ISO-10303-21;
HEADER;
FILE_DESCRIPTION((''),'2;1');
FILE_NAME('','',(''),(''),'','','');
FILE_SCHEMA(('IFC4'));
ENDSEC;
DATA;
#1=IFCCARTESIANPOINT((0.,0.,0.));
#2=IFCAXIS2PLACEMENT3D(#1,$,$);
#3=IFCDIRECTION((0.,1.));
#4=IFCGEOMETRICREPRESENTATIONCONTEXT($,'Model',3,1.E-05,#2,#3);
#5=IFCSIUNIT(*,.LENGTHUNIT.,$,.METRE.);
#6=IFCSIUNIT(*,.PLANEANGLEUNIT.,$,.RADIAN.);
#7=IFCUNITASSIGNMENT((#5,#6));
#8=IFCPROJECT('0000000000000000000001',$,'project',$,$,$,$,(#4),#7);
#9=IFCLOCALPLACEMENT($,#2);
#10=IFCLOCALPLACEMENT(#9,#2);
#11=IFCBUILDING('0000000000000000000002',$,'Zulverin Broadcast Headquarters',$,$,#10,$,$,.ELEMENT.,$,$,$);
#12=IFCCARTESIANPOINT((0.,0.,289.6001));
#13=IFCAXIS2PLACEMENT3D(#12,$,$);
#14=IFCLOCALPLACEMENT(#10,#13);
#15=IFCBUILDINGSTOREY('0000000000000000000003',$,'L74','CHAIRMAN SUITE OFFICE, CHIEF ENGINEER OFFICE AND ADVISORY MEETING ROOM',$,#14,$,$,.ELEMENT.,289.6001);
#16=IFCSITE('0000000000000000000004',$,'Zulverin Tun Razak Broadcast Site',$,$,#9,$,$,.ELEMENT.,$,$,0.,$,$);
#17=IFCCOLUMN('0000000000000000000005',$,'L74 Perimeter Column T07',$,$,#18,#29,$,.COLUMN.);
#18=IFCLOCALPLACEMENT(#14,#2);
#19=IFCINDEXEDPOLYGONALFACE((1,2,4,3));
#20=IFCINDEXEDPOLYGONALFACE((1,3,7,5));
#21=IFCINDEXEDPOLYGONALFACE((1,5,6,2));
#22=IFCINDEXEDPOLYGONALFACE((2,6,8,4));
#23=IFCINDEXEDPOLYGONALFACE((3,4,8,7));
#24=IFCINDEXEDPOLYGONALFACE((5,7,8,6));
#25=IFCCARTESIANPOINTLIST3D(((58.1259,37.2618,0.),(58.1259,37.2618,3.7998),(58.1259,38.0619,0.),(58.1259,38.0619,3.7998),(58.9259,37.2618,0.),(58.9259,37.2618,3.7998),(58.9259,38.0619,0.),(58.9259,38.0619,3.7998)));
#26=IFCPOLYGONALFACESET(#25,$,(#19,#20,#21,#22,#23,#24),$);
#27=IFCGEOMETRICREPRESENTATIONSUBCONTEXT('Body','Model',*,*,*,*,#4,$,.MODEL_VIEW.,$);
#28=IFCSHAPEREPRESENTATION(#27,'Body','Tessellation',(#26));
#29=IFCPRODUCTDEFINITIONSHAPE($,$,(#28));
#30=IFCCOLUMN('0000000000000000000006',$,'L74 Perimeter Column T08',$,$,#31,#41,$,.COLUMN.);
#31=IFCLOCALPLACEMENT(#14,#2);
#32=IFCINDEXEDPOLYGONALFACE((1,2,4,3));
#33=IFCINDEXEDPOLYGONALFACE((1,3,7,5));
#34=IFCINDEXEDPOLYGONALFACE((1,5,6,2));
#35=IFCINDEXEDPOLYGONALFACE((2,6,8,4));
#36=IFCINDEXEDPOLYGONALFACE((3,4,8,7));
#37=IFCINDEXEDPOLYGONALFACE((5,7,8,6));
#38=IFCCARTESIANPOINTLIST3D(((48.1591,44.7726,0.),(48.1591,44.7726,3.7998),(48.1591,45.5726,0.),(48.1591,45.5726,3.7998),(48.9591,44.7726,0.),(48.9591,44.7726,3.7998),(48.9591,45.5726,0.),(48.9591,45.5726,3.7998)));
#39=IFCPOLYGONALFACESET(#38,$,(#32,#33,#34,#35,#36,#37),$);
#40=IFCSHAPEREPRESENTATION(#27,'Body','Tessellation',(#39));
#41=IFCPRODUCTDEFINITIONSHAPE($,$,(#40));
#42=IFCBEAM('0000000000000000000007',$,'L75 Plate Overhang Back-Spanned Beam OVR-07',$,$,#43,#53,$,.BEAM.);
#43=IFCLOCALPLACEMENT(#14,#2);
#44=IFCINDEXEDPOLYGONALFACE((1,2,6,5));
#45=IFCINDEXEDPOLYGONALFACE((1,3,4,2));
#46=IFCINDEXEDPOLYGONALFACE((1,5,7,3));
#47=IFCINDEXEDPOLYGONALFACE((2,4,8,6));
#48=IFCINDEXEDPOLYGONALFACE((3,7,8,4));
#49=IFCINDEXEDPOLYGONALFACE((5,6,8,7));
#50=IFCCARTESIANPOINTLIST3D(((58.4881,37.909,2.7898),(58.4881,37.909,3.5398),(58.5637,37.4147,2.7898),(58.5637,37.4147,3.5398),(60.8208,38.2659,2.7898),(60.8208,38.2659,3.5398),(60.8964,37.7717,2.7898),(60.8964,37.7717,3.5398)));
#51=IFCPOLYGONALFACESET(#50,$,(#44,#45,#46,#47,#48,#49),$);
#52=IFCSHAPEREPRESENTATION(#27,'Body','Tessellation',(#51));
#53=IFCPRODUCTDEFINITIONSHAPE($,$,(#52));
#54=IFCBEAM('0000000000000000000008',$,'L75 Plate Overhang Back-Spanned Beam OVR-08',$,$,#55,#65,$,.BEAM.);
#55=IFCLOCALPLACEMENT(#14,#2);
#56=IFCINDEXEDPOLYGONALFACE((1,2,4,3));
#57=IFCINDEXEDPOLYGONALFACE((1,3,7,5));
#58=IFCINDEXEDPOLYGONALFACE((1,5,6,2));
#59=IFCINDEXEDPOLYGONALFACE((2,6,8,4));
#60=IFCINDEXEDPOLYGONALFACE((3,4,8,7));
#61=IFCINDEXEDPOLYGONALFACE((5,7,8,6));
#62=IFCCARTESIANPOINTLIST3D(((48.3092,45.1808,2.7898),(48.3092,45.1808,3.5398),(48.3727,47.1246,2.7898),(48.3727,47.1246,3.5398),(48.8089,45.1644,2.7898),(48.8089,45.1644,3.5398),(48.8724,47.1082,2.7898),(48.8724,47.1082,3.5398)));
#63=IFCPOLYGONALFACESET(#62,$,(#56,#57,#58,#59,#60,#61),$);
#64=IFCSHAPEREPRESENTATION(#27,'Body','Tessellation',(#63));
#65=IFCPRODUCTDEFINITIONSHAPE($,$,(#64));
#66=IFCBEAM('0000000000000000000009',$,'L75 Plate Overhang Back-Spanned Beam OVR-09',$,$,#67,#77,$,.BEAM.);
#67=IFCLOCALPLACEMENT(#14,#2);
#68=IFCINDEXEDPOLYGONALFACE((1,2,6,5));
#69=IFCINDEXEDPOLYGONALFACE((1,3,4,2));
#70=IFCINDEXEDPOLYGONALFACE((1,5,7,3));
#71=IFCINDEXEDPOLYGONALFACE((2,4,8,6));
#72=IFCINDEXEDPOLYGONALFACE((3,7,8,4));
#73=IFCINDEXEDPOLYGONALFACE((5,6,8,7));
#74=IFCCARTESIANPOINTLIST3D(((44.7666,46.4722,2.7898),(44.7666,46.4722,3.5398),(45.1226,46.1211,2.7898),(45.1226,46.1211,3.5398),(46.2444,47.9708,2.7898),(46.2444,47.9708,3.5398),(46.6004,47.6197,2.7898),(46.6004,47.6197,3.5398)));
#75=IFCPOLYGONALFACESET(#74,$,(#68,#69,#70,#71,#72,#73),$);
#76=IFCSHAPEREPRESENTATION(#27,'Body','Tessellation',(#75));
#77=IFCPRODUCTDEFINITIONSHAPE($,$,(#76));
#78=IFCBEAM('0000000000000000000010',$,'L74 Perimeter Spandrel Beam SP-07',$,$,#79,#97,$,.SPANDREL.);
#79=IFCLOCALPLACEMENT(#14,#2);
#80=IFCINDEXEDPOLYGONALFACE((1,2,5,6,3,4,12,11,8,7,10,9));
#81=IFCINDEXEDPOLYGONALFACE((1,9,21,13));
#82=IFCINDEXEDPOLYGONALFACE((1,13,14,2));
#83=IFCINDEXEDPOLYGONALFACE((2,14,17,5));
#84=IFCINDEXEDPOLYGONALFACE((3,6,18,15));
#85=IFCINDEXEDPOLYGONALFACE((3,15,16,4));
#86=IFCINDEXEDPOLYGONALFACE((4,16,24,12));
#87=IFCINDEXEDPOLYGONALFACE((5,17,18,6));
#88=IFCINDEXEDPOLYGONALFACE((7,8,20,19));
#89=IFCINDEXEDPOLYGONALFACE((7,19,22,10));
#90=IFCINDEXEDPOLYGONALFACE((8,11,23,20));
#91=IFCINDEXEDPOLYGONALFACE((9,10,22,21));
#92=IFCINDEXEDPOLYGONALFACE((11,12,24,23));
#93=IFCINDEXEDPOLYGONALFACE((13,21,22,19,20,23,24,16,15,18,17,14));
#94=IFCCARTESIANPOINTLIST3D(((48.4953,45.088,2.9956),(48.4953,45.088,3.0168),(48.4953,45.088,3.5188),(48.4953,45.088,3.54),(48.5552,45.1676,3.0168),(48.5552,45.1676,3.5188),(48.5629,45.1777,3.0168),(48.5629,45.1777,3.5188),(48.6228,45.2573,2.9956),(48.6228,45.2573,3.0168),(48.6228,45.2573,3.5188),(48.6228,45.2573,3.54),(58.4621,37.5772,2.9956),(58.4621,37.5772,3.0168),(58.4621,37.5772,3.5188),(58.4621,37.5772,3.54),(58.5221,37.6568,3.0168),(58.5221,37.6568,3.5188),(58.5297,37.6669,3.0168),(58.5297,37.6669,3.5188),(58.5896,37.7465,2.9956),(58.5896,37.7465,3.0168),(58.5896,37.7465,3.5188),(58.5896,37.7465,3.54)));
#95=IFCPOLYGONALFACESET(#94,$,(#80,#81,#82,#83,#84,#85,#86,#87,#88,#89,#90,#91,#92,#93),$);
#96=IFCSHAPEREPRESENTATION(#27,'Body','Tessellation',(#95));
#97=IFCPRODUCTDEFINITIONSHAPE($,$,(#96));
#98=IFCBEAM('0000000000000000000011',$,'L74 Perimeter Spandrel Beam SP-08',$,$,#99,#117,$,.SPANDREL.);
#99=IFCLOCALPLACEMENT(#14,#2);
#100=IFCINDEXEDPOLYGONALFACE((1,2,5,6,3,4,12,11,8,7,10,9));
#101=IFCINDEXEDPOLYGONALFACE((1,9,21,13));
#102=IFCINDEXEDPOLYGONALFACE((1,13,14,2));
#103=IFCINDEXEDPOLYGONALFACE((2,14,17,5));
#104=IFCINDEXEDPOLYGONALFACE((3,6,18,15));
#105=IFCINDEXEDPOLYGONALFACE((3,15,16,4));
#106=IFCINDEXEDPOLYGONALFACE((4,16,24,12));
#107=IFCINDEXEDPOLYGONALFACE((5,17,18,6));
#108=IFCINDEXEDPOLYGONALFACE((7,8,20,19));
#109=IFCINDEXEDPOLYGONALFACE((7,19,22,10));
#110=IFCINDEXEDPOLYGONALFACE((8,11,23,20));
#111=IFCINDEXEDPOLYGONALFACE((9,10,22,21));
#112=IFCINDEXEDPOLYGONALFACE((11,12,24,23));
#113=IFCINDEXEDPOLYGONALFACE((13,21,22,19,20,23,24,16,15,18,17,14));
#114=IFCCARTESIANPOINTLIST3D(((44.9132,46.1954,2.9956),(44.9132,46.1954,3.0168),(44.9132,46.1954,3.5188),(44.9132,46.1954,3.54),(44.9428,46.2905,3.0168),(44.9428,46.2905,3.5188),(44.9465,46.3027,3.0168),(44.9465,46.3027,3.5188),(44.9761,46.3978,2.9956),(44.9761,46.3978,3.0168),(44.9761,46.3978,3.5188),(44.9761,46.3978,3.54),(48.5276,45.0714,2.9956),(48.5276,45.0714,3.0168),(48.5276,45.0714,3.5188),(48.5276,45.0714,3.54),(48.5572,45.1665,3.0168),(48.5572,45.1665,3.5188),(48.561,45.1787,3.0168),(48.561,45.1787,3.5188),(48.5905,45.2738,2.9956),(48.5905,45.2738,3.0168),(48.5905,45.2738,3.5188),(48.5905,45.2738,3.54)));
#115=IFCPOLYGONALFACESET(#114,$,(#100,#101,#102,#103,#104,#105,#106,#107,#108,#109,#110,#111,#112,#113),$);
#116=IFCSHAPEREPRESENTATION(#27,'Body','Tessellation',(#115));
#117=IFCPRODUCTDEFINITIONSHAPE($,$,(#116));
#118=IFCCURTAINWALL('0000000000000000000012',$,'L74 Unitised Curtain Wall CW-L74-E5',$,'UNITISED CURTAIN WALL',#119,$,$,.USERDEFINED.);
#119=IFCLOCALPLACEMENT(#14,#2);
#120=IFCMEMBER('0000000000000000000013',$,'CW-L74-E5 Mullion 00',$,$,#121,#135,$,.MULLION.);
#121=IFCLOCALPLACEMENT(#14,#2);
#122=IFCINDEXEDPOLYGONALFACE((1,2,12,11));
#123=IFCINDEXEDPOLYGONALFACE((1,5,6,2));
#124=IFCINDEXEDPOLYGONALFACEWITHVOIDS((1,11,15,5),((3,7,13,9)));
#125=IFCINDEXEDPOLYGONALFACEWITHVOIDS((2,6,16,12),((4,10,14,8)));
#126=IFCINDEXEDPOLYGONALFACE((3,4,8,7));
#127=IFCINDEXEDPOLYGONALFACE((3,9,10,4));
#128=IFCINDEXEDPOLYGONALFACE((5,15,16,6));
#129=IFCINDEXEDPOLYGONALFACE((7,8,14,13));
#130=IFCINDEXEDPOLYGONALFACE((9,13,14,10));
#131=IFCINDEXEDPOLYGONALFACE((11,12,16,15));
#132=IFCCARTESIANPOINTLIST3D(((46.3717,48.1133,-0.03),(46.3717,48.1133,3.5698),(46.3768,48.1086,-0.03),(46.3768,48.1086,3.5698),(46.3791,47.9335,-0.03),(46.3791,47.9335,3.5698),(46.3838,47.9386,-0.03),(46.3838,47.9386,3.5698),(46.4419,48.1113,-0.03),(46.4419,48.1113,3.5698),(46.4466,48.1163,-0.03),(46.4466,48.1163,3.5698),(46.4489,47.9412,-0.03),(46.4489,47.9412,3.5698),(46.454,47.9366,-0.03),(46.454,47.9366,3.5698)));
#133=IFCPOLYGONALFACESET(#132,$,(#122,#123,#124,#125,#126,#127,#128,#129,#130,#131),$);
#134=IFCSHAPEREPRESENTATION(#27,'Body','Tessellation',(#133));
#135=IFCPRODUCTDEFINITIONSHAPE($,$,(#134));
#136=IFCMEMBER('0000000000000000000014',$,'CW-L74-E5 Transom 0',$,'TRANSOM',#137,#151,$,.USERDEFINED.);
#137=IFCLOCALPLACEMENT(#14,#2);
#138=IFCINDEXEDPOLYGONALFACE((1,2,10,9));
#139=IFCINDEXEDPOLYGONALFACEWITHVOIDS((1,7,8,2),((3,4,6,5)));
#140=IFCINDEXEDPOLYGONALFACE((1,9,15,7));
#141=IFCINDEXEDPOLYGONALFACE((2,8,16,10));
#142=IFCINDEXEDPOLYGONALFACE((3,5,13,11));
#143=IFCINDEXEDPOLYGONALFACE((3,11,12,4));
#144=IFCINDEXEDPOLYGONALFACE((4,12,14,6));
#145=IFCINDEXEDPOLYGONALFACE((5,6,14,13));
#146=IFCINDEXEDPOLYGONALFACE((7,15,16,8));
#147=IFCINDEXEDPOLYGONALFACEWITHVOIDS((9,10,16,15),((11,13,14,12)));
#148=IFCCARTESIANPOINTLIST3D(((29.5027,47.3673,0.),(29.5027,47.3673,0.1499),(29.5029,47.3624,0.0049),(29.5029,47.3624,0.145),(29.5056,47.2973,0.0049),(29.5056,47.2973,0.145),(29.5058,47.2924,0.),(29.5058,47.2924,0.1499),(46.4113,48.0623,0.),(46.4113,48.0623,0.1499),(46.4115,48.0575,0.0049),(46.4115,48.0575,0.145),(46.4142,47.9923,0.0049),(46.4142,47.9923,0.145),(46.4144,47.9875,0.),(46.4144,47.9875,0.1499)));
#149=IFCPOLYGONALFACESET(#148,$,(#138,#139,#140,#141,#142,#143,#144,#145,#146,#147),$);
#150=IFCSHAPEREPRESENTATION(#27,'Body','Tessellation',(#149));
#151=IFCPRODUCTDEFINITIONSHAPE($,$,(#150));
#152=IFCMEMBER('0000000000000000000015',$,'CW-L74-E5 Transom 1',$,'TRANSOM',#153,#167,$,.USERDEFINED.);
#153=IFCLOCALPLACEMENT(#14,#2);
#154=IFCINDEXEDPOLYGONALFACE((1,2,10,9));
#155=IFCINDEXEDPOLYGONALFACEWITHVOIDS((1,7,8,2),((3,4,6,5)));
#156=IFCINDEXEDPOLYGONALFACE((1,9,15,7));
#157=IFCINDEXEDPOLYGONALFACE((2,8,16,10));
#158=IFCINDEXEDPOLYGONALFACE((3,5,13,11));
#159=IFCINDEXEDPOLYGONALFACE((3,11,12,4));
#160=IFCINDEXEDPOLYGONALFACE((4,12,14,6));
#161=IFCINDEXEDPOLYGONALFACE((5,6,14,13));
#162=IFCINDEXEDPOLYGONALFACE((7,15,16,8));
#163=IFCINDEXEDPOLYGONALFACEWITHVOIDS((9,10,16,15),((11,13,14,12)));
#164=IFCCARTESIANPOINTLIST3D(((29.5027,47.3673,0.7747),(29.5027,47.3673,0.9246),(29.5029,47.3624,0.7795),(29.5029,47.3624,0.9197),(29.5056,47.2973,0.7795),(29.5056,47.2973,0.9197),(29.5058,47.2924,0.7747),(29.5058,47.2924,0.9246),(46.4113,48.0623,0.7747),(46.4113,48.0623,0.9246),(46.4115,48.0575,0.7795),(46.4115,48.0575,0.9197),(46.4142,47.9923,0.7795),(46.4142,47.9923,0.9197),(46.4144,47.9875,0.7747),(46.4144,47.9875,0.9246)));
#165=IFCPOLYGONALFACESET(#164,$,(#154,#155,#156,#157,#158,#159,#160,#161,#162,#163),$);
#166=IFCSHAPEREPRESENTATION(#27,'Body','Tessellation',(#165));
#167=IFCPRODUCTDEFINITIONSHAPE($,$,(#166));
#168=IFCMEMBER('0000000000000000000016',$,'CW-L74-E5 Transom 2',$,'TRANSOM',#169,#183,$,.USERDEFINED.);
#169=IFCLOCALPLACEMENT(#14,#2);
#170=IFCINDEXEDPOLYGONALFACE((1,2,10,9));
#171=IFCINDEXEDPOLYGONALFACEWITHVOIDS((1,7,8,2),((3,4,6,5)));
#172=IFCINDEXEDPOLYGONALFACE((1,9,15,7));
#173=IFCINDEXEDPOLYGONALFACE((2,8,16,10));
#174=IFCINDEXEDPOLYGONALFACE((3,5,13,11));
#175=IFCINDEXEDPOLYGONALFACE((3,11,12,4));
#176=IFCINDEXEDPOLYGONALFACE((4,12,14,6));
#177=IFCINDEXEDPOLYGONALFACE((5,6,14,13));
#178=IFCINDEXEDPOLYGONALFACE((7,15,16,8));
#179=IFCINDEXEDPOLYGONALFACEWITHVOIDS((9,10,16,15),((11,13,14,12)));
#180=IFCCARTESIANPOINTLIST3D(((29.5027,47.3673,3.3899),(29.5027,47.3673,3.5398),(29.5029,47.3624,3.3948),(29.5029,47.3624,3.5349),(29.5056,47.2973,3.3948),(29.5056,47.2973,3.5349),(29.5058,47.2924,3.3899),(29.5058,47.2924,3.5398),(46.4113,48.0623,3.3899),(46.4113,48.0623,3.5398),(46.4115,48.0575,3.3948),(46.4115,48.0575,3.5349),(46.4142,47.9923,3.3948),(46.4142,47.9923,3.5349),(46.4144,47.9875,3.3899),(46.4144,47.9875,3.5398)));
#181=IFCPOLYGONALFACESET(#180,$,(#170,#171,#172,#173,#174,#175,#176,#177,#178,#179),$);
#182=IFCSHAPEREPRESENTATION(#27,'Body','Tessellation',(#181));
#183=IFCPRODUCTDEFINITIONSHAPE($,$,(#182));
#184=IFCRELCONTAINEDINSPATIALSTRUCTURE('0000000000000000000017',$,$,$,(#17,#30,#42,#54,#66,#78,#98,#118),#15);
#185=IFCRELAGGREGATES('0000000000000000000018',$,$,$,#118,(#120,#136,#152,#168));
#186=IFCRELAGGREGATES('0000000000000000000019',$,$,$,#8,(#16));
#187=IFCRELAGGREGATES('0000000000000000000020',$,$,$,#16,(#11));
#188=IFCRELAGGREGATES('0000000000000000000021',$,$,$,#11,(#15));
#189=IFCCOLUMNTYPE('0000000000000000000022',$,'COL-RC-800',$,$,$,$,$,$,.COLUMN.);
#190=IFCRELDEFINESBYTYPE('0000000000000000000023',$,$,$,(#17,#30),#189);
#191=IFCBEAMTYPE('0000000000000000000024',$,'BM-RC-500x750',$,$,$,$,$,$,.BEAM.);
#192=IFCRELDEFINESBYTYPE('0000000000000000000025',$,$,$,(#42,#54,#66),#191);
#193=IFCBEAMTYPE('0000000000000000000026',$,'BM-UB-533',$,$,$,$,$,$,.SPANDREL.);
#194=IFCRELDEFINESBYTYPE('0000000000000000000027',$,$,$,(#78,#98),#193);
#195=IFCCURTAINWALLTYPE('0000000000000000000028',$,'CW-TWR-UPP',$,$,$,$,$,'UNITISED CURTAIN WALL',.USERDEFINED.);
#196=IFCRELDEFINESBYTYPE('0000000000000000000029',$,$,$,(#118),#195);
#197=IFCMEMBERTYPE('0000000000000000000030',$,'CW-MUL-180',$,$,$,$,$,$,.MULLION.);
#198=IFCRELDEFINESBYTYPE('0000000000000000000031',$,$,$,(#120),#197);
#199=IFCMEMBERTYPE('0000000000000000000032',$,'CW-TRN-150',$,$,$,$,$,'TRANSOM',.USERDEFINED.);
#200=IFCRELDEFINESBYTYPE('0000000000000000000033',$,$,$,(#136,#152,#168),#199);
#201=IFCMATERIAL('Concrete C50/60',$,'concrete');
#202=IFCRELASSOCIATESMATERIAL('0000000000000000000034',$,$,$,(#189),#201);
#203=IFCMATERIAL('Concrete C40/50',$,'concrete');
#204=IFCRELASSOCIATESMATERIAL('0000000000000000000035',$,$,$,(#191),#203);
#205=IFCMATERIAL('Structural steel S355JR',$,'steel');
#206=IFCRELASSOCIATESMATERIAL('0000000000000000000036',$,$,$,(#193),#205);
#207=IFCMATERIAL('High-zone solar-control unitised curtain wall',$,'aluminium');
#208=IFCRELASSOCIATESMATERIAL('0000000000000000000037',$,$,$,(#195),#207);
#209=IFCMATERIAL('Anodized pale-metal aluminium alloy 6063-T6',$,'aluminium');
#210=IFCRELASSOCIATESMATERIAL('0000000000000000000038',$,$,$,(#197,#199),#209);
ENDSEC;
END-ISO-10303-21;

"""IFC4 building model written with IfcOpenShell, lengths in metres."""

from ifc_helpers import new_model, si_unit, direction, frame, origin, origin_2d, place, context, subcontext, project, spatial, rectangle, hollow_rectangle, i_section, extrude, material, material_profile, profile_set, type_object, element, aggregate, save


model = new_model("IFC4")

# Units and contexts
model_context = context("Model", 3, precision=1e-05, world=origin(), true_north=direction((0.0, 1.0)))
body_context = subcontext(model_context, "Body", "Model", "MODEL_VIEW")
ifc_project = project(units=[si_unit("LENGTHUNIT", "METRE"), si_unit("PLANEANGLEUNIT", "RADIAN")], contexts=[model_context])

# Site, building, storey
site_placement = place(None, origin())
site = spatial("IfcSite", under=ifc_project, at=site_placement, Name="Zulverin Tun Razak Broadcast Site", CompositionType="ELEMENT", RefElevation=0.0)
building_placement = place(site_placement, origin())
building = spatial("IfcBuilding", under=site, at=building_placement, Name="Zulverin Broadcast Headquarters", CompositionType="ELEMENT")
storey_placement = place(building_placement, frame((0.0, 0.0, 289.6001)))
storey = spatial("IfcBuildingStorey", under=building, at=storey_placement, Name="L74", Description="CHAIRMAN SUITE OFFICE, CHIEF ENGINEER OFFICE AND ADVISORY MEETING ROOM", CompositionType="ELEMENT", Elevation=289.6001)

# Columns
ifc_material_1 = material(Name="Concrete C50/60", Category="concrete")
ifc_material_profile_1 = material_profile(ifc_material_1, rectangle(XDim=0.8, YDim=0.8, at=origin_2d()), Name="Concrete C50/60", Category="concrete")
ifc_profile_set_1 = profile_set([ifc_material_profile_1], Name="Concrete C50/60")
column_type = type_object("IfcColumnType", Name="COL-RC-800", PredefinedType="COLUMN", material=ifc_profile_set_1)
for number, where, z_axis, x_axis, name in (
    (1, (58.5259, 37.6619, 0.0), (0.0, 0.0, 1.0), (1.0, 0.0, 0.0), "L74 Perimeter Column T07"),
    (2, (48.5591, 45.1726, 0.0), (0.0, 0.0, 1.0), (1.0, 0.0, 0.0), "L74 Perimeter Column T08"),
):
    element("IfcColumn", number, at=place(storey_placement, frame(where, z_axis=z_axis, x_axis=x_axis)), inside=storey, type_object=column_type, Name=name, PredefinedType="COLUMN", context=body_context, shape_type="SweptSolid", body=[
        extrude(rectangle(XDim=0.8, YDim=0.8, at=origin_2d()), origin(), (0.0, 0.0, 1.0), 3.7998),
    ])

# Beams
ifc_material_2 = material(Name="Concrete C40/50", Category="concrete")
ifc_material_profile_2 = material_profile(ifc_material_2, rectangle(XDim=0.5, YDim=0.75, at=origin_2d()), Name="Concrete C40/50", Category="concrete")
ifc_profile_set_2 = profile_set([ifc_material_profile_2], Name="Concrete C40/50")
beam_type_1 = type_object("IfcBeamType", Name="BM-RC-500x750", PredefinedType="BEAM", material=ifc_profile_set_2)
beam_1_placement = place(storey_placement, frame((58.5259, 37.6619, 3.1648), z_axis=(0.988496, 0.151249, 0.0), x_axis=(-0.151249, 0.988496, 0.0)))
element("IfcBeam", 3, at=beam_1_placement, inside=storey, type_object=beam_type_1, Name="L75 Plate Overhang Back-Spanned Beam OVR-07", PredefinedType="BEAM", context=body_context, shape_type="SweptSolid", body=[
    extrude(rectangle(XDim=0.5, YDim=0.75, at=origin_2d()), origin(), (0.0, 0.0, 1.0), 2.3599),
])
beam_2_placement = place(storey_placement, frame((48.5591, 45.1726, 3.1648), z_axis=(0.032638, 0.999467, 0.0), x_axis=(-0.999467, 0.032638, 0.0)))
element("IfcBeam", 4, at=beam_2_placement, inside=storey, type_object=beam_type_1, Name="L75 Plate Overhang Back-Spanned Beam OVR-08", PredefinedType="BEAM", context=body_context, shape_type="SweptSolid", body=[
    extrude(rectangle(XDim=0.5, YDim=0.75, at=origin_2d()), origin(), (0.0, 0.0, 1.0), 1.9448),
])
beam_3_placement = place(storey_placement, frame((44.9446, 46.2966, 3.1648), z_axis=(0.70216, 0.71202, 0.0), x_axis=(-0.71202, 0.70216, 0.0)))
element("IfcBeam", 5, at=beam_3_placement, inside=storey, type_object=beam_type_1, Name="L75 Plate Overhang Back-Spanned Beam OVR-09", PredefinedType="BEAM", context=body_context, shape_type="SweptSolid", body=[
    extrude(rectangle(XDim=0.5, YDim=0.75, at=origin_2d()), origin(), (0.0, 0.0, 1.0), 2.1047),
])
ifc_material_3 = material(Name="Structural steel S355JR", Category="steel")
ifc_material_profile_3 = material_profile(ifc_material_3, i_section(OverallWidth=0.2119, OverallDepth=0.5444, WebThickness=0.0127, FlangeThickness=0.0212, at=origin_2d()), Name="Structural steel S355JR", Category="steel")
ifc_profile_set_3 = profile_set([ifc_material_profile_3], Name="Structural steel S355JR")
beam_type_2 = type_object("IfcBeamType", Name="BM-UB-533", PredefinedType="SPANDREL", material=ifc_profile_set_3)
beam_4_placement = place(storey_placement, frame((58.5259, 37.6619, 3.2678), z_axis=(-0.798627, 0.601826, 0.0), x_axis=(-0.601826, -0.798627, 0.0)))
element("IfcBeam", 6, at=beam_4_placement, inside=storey, type_object=beam_type_2, Name="L74 Perimeter Spandrel Beam SP-07", PredefinedType="SPANDREL", context=body_context, shape_type="SweptSolid", body=[
    extrude(i_section(OverallWidth=0.2119, OverallDepth=0.5444, WebThickness=0.0127, FlangeThickness=0.0212, at=origin_2d()), origin(), (0.0, 0.0, 1.0), 12.48),
])
beam_5_placement = place(storey_placement, frame((48.5591, 45.1726, 3.2678), z_axis=(-0.954893, 0.296949, 0.0), x_axis=(-0.296949, -0.954893, 0.0)))
element("IfcBeam", 7, at=beam_5_placement, inside=storey, type_object=beam_type_2, Name="L74 Perimeter Spandrel Beam SP-08", PredefinedType="SPANDREL", context=body_context, shape_type="SweptSolid", body=[
    extrude(i_section(OverallWidth=0.2119, OverallDepth=0.5444, WebThickness=0.0127, FlangeThickness=0.0212, at=origin_2d()), origin(), (0.0, 0.0, 1.0), 3.7852),
])

# Curtain wall, members
ifc_material_4 = material(Name="High-zone solar-control unitised curtain wall", Category="aluminium")
curtain_wall_type = type_object("IfcCurtainWallType", Name="CW-TWR-UPP", ElementType="UNITISED CURTAIN WALL", PredefinedType="USERDEFINED", material=ifc_material_4)
curtain_wall_placement = place(storey_placement, origin())
curtain_wall = element("IfcCurtainWall", 8, at=curtain_wall_placement, inside=storey, type_object=curtain_wall_type, Name="L74 Unitised Curtain Wall CW-L74-E5", ObjectType="UNITISED CURTAIN WALL", PredefinedType="USERDEFINED")
ifc_material_5 = material(Name="Anodized pale-metal aluminium alloy 6063-T6", Category="aluminium")
ifc_material_profile_4 = material_profile(ifc_material_5, hollow_rectangle(XDim=0.075, YDim=0.1799, WallThickness=0.0049, at=origin_2d()), Name="Anodized pale-metal aluminium alloy 6063-T6", Category="aluminium")
ifc_profile_set_4 = profile_set([ifc_material_profile_4], Name="Anodized pale-metal aluminium alloy 6063-T6")
member_type_1 = type_object("IfcMemberType", Name="CW-MUL-180", PredefinedType="MULLION", material=ifc_profile_set_4)
member_1_placement = place(storey_placement, frame((46.4128, 48.0249, -0.03), z_axis=(0.0, 0.0, 1.0), x_axis=(-0.999156, -0.041068, 0.0)))
member_1 = element("IfcMember", 9, at=member_1_placement, type_object=member_type_1, Name="CW-L74-E5 Mullion 00", PredefinedType="MULLION", context=body_context, shape_type="SweptSolid", body=[
    extrude(hollow_rectangle(XDim=0.075, YDim=0.1799, WallThickness=0.0049, at=origin_2d()), origin(), (0.0, 0.0, 1.0), 3.5999),
])
ifc_material_profile_5 = material_profile(ifc_material_5, hollow_rectangle(XDim=0.075, YDim=0.1499, WallThickness=0.0049, at=origin_2d()), Name="Anodized pale-metal aluminium alloy 6063-T6", Category="aluminium")
ifc_profile_set_5 = profile_set([ifc_material_profile_5], Name="Anodized pale-metal aluminium alloy 6063-T6")
member_type_2 = type_object("IfcMemberType", Name="CW-TRN-150", ElementType="TRANSOM", PredefinedType="USERDEFINED", material=ifc_profile_set_5)
member_2_placement = place(storey_placement, frame((46.4128, 48.0249, 0.075), z_axis=(-0.999156, -0.041072, 0.0), x_axis=(0.041072, -0.999156, 0.0)))
member_2 = element("IfcMember", 10, at=member_2_placement, type_object=member_type_2, Name="CW-L74-E5 Transom 0", ObjectType="TRANSOM", PredefinedType="USERDEFINED", context=body_context, shape_type="SweptSolid", body=[
    extrude(hollow_rectangle(XDim=0.075, YDim=0.1499, WallThickness=0.0049, at=origin_2d()), origin(), (0.0, 0.0, 1.0), 16.9229),
])
member_3_placement = place(storey_placement, frame((46.4128, 48.0249, 0.8496), z_axis=(-0.999156, -0.041072, 0.0), x_axis=(0.041072, -0.999156, 0.0)))
member_3 = element("IfcMember", 11, at=member_3_placement, type_object=member_type_2, Name="CW-L74-E5 Transom 1", ObjectType="TRANSOM", PredefinedType="USERDEFINED", context=body_context, shape_type="SweptSolid", body=[
    extrude(hollow_rectangle(XDim=0.075, YDim=0.1499, WallThickness=0.0049, at=origin_2d()), origin(), (0.0, 0.0, 1.0), 16.9229),
])
member_4_placement = place(storey_placement, frame((46.4128, 48.0249, 3.4648), z_axis=(-0.999156, -0.041072, 0.0), x_axis=(0.041072, -0.999156, 0.0)))
member_4 = element("IfcMember", 12, at=member_4_placement, type_object=member_type_2, Name="CW-L74-E5 Transom 2", ObjectType="TRANSOM", PredefinedType="USERDEFINED", context=body_context, shape_type="SweptSolid", body=[
    extrude(hollow_rectangle(XDim=0.075, YDim=0.1499, WallThickness=0.0049, at=origin_2d()), origin(), (0.0, 0.0, 1.0), 16.9229),
])
aggregate(curtain_wall, [member_1, member_2, member_3, member_4])

save(model, "model.ifc")
